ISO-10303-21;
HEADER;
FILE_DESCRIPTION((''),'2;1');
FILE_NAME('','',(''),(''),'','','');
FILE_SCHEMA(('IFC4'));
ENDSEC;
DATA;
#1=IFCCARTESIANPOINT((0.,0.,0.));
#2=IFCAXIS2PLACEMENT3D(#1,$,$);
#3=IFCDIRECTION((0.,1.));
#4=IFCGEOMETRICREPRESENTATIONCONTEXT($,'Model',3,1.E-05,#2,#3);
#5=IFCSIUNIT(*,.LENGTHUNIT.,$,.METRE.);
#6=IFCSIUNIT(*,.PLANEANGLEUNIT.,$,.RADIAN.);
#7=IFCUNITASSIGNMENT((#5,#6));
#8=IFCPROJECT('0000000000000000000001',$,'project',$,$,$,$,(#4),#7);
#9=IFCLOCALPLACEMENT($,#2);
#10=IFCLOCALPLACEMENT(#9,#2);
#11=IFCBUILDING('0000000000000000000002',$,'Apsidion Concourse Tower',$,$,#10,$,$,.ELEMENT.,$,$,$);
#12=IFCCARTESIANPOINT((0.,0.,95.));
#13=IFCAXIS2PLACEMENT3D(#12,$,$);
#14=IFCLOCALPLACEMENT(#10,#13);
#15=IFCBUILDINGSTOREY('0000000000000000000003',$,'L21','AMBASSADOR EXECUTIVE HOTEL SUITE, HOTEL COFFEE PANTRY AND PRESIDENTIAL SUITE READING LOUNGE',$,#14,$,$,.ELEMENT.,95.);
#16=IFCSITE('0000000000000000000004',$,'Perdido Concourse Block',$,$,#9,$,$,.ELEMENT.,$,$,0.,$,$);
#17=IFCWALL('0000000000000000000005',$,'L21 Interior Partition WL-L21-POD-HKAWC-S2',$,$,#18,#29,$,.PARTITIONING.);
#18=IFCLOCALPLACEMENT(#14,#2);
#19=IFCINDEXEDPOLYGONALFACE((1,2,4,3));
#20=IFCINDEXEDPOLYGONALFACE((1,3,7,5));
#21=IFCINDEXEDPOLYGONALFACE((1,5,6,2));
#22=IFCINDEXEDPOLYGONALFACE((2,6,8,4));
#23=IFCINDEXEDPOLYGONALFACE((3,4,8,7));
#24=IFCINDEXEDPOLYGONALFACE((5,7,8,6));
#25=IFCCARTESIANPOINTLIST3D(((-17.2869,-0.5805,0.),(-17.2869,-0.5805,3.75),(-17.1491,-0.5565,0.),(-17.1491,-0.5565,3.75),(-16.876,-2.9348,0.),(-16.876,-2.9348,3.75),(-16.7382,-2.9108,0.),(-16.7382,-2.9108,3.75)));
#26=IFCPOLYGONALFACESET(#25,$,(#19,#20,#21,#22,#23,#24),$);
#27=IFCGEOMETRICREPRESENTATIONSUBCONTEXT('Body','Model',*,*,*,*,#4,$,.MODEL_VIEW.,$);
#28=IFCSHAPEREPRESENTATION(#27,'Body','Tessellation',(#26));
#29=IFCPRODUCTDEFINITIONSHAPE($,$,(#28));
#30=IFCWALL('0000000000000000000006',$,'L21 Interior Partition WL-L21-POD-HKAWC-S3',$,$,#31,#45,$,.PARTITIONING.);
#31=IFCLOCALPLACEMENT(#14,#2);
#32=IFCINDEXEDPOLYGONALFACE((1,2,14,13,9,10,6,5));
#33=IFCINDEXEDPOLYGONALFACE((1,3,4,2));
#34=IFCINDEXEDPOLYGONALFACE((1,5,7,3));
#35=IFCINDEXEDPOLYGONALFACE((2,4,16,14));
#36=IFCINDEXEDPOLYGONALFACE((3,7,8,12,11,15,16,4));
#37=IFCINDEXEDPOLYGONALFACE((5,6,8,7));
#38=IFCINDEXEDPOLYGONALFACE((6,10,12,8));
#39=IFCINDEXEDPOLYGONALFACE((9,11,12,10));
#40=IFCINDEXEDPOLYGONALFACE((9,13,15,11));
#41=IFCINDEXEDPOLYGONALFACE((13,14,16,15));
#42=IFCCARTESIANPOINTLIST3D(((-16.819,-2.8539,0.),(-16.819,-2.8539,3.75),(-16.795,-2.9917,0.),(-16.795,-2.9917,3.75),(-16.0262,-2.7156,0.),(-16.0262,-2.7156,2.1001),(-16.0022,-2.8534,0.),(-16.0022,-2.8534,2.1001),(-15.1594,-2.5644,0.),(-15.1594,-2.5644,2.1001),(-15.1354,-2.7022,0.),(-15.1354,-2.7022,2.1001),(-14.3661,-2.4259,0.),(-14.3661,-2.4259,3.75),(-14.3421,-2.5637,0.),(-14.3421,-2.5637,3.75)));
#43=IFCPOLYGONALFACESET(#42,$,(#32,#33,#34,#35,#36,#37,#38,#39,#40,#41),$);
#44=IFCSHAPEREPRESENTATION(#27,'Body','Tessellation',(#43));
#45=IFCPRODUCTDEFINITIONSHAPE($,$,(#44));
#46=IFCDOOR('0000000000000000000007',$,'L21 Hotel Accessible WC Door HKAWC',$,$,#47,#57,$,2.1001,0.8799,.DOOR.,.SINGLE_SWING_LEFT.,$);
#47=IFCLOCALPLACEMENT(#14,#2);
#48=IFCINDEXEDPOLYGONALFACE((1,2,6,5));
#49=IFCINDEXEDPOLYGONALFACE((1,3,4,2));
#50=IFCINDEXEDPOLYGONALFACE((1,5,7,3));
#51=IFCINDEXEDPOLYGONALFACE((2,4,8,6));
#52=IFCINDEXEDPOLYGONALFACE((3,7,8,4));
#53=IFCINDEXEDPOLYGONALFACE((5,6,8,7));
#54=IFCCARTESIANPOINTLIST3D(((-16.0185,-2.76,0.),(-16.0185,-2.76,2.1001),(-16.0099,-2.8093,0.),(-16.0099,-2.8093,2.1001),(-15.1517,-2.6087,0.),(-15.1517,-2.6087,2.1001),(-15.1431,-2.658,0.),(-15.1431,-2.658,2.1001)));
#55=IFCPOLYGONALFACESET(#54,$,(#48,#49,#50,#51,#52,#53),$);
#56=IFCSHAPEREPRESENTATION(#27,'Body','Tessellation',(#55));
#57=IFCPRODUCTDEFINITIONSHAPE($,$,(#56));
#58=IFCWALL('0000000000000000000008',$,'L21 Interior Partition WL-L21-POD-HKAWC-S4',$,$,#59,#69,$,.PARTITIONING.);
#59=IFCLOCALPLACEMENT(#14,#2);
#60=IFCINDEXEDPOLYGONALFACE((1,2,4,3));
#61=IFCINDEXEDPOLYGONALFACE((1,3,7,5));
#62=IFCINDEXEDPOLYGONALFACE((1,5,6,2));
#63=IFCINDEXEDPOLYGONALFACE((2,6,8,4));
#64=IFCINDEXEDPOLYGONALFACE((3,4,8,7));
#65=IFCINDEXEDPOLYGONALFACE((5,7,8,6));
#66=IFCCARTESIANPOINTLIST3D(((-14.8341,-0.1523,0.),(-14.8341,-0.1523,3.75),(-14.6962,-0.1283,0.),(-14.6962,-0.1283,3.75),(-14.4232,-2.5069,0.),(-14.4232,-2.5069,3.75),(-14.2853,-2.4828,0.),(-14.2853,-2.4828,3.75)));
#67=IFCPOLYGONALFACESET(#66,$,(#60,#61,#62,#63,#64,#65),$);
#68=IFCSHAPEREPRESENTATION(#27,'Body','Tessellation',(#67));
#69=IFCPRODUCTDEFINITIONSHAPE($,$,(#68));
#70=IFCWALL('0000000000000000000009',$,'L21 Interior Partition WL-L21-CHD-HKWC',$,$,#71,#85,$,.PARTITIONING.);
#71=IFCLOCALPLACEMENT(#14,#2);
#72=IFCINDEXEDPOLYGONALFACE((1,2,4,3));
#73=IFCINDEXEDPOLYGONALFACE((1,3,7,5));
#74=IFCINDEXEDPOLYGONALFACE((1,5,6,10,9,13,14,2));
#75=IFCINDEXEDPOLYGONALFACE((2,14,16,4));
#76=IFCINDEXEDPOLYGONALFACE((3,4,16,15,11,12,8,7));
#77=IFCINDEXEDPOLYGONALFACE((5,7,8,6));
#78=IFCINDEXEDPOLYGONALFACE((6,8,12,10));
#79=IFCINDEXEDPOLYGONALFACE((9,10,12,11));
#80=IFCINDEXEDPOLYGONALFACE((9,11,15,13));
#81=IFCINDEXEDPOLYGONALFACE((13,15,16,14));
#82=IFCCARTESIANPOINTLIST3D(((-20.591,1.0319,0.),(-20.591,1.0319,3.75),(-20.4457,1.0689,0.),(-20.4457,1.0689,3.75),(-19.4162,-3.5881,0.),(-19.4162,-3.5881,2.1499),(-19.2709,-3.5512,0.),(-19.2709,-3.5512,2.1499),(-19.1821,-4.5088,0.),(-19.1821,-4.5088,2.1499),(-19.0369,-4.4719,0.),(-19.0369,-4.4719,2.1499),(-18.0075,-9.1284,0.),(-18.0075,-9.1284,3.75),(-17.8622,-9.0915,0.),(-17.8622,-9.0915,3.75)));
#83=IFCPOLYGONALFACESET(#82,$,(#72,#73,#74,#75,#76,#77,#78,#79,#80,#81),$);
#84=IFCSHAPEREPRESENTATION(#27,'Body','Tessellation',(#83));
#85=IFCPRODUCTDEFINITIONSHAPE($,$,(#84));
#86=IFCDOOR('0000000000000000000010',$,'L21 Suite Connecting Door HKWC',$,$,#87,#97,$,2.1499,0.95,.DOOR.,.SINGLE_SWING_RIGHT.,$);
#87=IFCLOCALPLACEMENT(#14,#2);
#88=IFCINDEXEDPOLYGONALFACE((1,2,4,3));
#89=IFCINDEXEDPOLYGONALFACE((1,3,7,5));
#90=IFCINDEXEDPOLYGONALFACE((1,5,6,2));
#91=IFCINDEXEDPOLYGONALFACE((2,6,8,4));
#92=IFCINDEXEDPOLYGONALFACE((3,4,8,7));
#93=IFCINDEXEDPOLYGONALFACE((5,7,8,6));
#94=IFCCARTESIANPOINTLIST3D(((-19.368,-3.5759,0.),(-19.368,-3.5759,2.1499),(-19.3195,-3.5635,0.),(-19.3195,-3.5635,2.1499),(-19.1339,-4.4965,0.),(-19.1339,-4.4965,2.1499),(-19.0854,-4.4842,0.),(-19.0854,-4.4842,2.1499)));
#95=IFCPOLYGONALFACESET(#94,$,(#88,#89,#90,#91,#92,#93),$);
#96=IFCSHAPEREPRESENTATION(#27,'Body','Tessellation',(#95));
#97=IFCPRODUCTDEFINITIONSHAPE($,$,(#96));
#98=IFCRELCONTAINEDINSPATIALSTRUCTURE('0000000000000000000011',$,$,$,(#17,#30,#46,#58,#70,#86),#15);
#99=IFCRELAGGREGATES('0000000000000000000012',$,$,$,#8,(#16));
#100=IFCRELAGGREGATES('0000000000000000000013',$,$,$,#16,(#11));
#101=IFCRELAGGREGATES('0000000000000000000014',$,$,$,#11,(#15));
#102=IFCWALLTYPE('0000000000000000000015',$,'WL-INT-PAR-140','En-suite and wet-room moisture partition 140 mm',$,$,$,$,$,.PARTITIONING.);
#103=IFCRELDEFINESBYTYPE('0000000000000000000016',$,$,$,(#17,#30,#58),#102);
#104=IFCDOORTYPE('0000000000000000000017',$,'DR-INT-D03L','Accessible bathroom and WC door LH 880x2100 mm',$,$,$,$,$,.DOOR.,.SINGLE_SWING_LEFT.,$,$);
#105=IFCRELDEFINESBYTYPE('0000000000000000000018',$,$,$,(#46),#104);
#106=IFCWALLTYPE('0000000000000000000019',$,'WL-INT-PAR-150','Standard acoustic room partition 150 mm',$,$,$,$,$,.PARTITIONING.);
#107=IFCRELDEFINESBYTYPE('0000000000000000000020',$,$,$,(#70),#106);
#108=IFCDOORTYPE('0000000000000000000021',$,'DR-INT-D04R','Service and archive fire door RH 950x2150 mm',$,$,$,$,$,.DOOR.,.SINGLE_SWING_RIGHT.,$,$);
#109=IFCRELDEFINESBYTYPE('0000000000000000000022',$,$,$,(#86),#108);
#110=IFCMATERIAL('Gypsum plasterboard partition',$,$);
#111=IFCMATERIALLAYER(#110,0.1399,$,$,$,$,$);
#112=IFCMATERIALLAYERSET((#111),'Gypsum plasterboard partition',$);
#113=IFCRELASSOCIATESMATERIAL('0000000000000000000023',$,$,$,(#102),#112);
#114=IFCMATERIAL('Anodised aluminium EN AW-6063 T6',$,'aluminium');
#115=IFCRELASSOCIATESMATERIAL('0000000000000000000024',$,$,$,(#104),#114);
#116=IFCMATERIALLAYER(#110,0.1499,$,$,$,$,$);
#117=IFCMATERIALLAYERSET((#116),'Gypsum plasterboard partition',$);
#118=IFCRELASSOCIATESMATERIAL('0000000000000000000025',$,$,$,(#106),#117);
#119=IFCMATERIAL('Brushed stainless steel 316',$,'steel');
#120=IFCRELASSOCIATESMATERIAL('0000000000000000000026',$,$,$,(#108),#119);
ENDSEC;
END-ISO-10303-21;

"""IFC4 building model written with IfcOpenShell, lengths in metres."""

from ifc_helpers import new_model, si_unit, direction, frame, frame_2d, origin, place, context, subcontext, project, spatial, rectangle, extrude, material, layer, layer_set, type_object, element, fill, save


model = new_model("IFC4")

# Units and contexts
model_context = context("Model", 3, precision=1e-05, world=origin(), true_north=direction((0.0, 1.0)))
body_context = subcontext(model_context, "Body", "Model", "MODEL_VIEW")
ifc_project = project(units=[si_unit("LENGTHUNIT", "METRE"), si_unit("PLANEANGLEUNIT", "RADIAN")], contexts=[model_context])

# Site, building, storey
site_placement = place(None, origin())
site = spatial("IfcSite", under=ifc_project, at=site_placement, Name="Perdido Concourse Block", CompositionType="ELEMENT", RefElevation=0.0)
building_placement = place(site_placement, origin())
building = spatial("IfcBuilding", under=site, at=building_placement, Name="Apsidion Concourse Tower", CompositionType="ELEMENT")
storey_placement = place(building_placement, frame((0.0, 0.0, 95.0)))
storey = spatial("IfcBuildingStorey", under=building, at=storey_placement, Name="L21", Description="AMBASSADOR EXECUTIVE HOTEL SUITE, HOTEL COFFEE PANTRY AND PRESIDENTIAL SUITE READING LOUNGE", CompositionType="ELEMENT", Elevation=95.0)

# Wall
ifc_material_1 = material(Name="Gypsum plasterboard partition")
ifc_layer_1 = layer(ifc_material_1, 0.1399)
ifc_layer_set_1 = layer_set([ifc_layer_1], Name="Gypsum plasterboard partition")
wall_type_1 = type_object("IfcWallType", Name="WL-INT-PAR-140", Description="En-suite and wet-room moisture partition 140 mm", PredefinedType="PARTITIONING", material=ifc_layer_set_1)
wall_1_placement = place(storey_placement, frame((-17.218, -0.5686, 0.0), z_axis=(0.0, 0.0, 1.0), x_axis=(0.171932, -0.985109, 0.0)))
element("IfcWall", 1, at=wall_1_placement, inside=storey, type_object=wall_type_1, Name="L21 Interior Partition WL-L21-POD-HKAWC-S2", PredefinedType="PARTITIONING", context=body_context, shape_type="SweptSolid", body=[
    extrude(rectangle(XDim=2.3899, YDim=0.1399, at=frame_2d((1.1948, 0.0))), origin(), (0.0, 0.0, 1.0), 3.75),
])

# Wall, opening, door
wall_2_placement = place(storey_placement, frame((-16.8071, -2.9229, 0.0), z_axis=(0.0, 0.0, 1.0), x_axis=(0.985117, 0.171883, 0.0)))
wall_2 = element("IfcWall", 2, at=wall_2_placement, inside=storey, type_object=wall_type_1, Name="L21 Interior Partition WL-L21-POD-HKAWC-S3", PredefinedType="PARTITIONING", context=body_context, shape_type="SweptSolid", body=[
    extrude(rectangle(XDim=2.49, YDim=0.1399, at=frame_2d((1.2451, 0.0))), origin(), (0.0, 0.0, 1.0), 3.75),
])
opening_1_placement = place(wall_2_placement, frame((0.8049, 0.0, 0.0)))
opening_1 = element("IfcOpeningElement", 3, at=opening_1_placement, cuts=wall_2, PredefinedType="OPENING", context=body_context, shape_type="SweptSolid", body=[
    extrude(rectangle(XDim=0.8799, YDim=2.1001, at=frame_2d((0.4399, 1.05))), frame((0.0, 0.0801, 0.0), z_axis=(0.0, -1.0, 0.0), x_axis=(1.0, 0.0, 0.0)), (0.0, 0.0, 1.0), 0.1599),
])
ifc_material_2 = material(Name="Anodised aluminium EN AW-6063 T6", Category="aluminium")
door_type_1 = type_object("IfcDoorType", Name="DR-INT-D03L", Description="Accessible bathroom and WC door LH 880x2100 mm", OperationType="SINGLE_SWING_LEFT", PredefinedType="DOOR", material=ifc_material_2)
door_1_placement = place(opening_1_placement, origin())
door_1 = element("IfcDoor", 4, at=door_1_placement, inside=storey, type_object=door_type_1, Name="L21 Hotel Accessible WC Door HKAWC", OperationType="SINGLE_SWING_LEFT", OverallHeight=2.1001, OverallWidth=0.8799, PredefinedType="DOOR", context=body_context, shape_type="SweptSolid", body=[
    extrude(rectangle(XDim=0.8799, YDim=2.1001, at=frame_2d((0.4399, 1.05))), frame((0.0, 0.0249, 0.0), z_axis=(0.0, -1.0, 0.0), x_axis=(1.0, 0.0, 0.0)), (0.0, 0.0, 1.0), 0.05),
])
fill(opening_1, door_1)

# Wall
wall_3_placement = place(storey_placement, frame((-14.3542, -2.4949, 0.0), z_axis=(0.0, 0.0, 1.0), x_axis=(-0.171914, 0.985112, 0.0)))
element("IfcWall", 5, at=wall_3_placement, inside=storey, type_object=wall_type_1, Name="L21 Interior Partition WL-L21-POD-HKAWC-S4", PredefinedType="PARTITIONING", context=body_context, shape_type="SweptSolid", body=[
    extrude(rectangle(XDim=2.3901, YDim=0.1399, at=frame_2d((1.1951, 0.0))), origin(), (0.0, 0.0, 1.0), 3.75),
])

# Wall, opening, door
ifc_layer_2 = layer(ifc_material_1, 0.1499)
ifc_layer_set_2 = layer_set([ifc_layer_2], Name="Gypsum plasterboard partition")
wall_type_2 = type_object("IfcWallType", Name="WL-INT-PAR-150", Description="Standard acoustic room partition 150 mm", PredefinedType="PARTITIONING", material=ifc_layer_set_2)
wall_4_placement = place(storey_placement, frame((-20.5183, 1.0503, 0.0), z_axis=(0.0, 0.0, 1.0), x_axis=(0.24643, -0.969161, 0.0)))
wall_4 = element("IfcWall", 6, at=wall_4_placement, inside=storey, type_object=wall_type_2, Name="L21 Interior Partition WL-L21-CHD-HKWC", PredefinedType="PARTITIONING", context=body_context, shape_type="SweptSolid", body=[
    extrude(rectangle(XDim=10.4836, YDim=0.1499, at=frame_2d((5.2417, 0.0))), origin(), (0.0, 0.0, 1.0), 3.75),
])
opening_2_placement = place(wall_4_placement, frame((4.7668, 0.0, 0.0)))
opening_2 = element("IfcOpeningElement", 7, at=opening_2_placement, cuts=wall_4, PredefinedType="OPENING", context=body_context, shape_type="SweptSolid", body=[
    extrude(rectangle(XDim=0.95, YDim=2.1499, at=frame_2d((0.4751, 1.075))), frame((0.0, 0.085, 0.0), z_axis=(0.0, -1.0, 0.0), x_axis=(1.0, 0.0, 0.0)), (0.0, 0.0, 1.0), 0.1699),
])
ifc_material_3 = material(Name="Brushed stainless steel 316", Category="steel")
door_type_2 = type_object("IfcDoorType", Name="DR-INT-D04R", Description="Service and archive fire door RH 950x2150 mm", OperationType="SINGLE_SWING_RIGHT", PredefinedType="DOOR", material=ifc_material_3)
door_2_placement = place(opening_2_placement, origin())
door_2 = element("IfcDoor", 8, at=door_2_placement, inside=storey, type_object=door_type_2, Name="L21 Suite Connecting Door HKWC", OperationType="SINGLE_SWING_RIGHT", OverallHeight=2.1499, OverallWidth=0.95, PredefinedType="DOOR", context=body_context, shape_type="SweptSolid", body=[
    extrude(rectangle(XDim=0.95, YDim=2.1499, at=frame_2d((0.4751, 1.075))), frame((0.0, 0.0249, 0.0), z_axis=(0.0, -1.0, 0.0), x_axis=(1.0, 0.0, 0.0)), (0.0, 0.0, 1.0), 0.05),
])
fill(opening_2, door_2)

save(model, "model.ifc")
